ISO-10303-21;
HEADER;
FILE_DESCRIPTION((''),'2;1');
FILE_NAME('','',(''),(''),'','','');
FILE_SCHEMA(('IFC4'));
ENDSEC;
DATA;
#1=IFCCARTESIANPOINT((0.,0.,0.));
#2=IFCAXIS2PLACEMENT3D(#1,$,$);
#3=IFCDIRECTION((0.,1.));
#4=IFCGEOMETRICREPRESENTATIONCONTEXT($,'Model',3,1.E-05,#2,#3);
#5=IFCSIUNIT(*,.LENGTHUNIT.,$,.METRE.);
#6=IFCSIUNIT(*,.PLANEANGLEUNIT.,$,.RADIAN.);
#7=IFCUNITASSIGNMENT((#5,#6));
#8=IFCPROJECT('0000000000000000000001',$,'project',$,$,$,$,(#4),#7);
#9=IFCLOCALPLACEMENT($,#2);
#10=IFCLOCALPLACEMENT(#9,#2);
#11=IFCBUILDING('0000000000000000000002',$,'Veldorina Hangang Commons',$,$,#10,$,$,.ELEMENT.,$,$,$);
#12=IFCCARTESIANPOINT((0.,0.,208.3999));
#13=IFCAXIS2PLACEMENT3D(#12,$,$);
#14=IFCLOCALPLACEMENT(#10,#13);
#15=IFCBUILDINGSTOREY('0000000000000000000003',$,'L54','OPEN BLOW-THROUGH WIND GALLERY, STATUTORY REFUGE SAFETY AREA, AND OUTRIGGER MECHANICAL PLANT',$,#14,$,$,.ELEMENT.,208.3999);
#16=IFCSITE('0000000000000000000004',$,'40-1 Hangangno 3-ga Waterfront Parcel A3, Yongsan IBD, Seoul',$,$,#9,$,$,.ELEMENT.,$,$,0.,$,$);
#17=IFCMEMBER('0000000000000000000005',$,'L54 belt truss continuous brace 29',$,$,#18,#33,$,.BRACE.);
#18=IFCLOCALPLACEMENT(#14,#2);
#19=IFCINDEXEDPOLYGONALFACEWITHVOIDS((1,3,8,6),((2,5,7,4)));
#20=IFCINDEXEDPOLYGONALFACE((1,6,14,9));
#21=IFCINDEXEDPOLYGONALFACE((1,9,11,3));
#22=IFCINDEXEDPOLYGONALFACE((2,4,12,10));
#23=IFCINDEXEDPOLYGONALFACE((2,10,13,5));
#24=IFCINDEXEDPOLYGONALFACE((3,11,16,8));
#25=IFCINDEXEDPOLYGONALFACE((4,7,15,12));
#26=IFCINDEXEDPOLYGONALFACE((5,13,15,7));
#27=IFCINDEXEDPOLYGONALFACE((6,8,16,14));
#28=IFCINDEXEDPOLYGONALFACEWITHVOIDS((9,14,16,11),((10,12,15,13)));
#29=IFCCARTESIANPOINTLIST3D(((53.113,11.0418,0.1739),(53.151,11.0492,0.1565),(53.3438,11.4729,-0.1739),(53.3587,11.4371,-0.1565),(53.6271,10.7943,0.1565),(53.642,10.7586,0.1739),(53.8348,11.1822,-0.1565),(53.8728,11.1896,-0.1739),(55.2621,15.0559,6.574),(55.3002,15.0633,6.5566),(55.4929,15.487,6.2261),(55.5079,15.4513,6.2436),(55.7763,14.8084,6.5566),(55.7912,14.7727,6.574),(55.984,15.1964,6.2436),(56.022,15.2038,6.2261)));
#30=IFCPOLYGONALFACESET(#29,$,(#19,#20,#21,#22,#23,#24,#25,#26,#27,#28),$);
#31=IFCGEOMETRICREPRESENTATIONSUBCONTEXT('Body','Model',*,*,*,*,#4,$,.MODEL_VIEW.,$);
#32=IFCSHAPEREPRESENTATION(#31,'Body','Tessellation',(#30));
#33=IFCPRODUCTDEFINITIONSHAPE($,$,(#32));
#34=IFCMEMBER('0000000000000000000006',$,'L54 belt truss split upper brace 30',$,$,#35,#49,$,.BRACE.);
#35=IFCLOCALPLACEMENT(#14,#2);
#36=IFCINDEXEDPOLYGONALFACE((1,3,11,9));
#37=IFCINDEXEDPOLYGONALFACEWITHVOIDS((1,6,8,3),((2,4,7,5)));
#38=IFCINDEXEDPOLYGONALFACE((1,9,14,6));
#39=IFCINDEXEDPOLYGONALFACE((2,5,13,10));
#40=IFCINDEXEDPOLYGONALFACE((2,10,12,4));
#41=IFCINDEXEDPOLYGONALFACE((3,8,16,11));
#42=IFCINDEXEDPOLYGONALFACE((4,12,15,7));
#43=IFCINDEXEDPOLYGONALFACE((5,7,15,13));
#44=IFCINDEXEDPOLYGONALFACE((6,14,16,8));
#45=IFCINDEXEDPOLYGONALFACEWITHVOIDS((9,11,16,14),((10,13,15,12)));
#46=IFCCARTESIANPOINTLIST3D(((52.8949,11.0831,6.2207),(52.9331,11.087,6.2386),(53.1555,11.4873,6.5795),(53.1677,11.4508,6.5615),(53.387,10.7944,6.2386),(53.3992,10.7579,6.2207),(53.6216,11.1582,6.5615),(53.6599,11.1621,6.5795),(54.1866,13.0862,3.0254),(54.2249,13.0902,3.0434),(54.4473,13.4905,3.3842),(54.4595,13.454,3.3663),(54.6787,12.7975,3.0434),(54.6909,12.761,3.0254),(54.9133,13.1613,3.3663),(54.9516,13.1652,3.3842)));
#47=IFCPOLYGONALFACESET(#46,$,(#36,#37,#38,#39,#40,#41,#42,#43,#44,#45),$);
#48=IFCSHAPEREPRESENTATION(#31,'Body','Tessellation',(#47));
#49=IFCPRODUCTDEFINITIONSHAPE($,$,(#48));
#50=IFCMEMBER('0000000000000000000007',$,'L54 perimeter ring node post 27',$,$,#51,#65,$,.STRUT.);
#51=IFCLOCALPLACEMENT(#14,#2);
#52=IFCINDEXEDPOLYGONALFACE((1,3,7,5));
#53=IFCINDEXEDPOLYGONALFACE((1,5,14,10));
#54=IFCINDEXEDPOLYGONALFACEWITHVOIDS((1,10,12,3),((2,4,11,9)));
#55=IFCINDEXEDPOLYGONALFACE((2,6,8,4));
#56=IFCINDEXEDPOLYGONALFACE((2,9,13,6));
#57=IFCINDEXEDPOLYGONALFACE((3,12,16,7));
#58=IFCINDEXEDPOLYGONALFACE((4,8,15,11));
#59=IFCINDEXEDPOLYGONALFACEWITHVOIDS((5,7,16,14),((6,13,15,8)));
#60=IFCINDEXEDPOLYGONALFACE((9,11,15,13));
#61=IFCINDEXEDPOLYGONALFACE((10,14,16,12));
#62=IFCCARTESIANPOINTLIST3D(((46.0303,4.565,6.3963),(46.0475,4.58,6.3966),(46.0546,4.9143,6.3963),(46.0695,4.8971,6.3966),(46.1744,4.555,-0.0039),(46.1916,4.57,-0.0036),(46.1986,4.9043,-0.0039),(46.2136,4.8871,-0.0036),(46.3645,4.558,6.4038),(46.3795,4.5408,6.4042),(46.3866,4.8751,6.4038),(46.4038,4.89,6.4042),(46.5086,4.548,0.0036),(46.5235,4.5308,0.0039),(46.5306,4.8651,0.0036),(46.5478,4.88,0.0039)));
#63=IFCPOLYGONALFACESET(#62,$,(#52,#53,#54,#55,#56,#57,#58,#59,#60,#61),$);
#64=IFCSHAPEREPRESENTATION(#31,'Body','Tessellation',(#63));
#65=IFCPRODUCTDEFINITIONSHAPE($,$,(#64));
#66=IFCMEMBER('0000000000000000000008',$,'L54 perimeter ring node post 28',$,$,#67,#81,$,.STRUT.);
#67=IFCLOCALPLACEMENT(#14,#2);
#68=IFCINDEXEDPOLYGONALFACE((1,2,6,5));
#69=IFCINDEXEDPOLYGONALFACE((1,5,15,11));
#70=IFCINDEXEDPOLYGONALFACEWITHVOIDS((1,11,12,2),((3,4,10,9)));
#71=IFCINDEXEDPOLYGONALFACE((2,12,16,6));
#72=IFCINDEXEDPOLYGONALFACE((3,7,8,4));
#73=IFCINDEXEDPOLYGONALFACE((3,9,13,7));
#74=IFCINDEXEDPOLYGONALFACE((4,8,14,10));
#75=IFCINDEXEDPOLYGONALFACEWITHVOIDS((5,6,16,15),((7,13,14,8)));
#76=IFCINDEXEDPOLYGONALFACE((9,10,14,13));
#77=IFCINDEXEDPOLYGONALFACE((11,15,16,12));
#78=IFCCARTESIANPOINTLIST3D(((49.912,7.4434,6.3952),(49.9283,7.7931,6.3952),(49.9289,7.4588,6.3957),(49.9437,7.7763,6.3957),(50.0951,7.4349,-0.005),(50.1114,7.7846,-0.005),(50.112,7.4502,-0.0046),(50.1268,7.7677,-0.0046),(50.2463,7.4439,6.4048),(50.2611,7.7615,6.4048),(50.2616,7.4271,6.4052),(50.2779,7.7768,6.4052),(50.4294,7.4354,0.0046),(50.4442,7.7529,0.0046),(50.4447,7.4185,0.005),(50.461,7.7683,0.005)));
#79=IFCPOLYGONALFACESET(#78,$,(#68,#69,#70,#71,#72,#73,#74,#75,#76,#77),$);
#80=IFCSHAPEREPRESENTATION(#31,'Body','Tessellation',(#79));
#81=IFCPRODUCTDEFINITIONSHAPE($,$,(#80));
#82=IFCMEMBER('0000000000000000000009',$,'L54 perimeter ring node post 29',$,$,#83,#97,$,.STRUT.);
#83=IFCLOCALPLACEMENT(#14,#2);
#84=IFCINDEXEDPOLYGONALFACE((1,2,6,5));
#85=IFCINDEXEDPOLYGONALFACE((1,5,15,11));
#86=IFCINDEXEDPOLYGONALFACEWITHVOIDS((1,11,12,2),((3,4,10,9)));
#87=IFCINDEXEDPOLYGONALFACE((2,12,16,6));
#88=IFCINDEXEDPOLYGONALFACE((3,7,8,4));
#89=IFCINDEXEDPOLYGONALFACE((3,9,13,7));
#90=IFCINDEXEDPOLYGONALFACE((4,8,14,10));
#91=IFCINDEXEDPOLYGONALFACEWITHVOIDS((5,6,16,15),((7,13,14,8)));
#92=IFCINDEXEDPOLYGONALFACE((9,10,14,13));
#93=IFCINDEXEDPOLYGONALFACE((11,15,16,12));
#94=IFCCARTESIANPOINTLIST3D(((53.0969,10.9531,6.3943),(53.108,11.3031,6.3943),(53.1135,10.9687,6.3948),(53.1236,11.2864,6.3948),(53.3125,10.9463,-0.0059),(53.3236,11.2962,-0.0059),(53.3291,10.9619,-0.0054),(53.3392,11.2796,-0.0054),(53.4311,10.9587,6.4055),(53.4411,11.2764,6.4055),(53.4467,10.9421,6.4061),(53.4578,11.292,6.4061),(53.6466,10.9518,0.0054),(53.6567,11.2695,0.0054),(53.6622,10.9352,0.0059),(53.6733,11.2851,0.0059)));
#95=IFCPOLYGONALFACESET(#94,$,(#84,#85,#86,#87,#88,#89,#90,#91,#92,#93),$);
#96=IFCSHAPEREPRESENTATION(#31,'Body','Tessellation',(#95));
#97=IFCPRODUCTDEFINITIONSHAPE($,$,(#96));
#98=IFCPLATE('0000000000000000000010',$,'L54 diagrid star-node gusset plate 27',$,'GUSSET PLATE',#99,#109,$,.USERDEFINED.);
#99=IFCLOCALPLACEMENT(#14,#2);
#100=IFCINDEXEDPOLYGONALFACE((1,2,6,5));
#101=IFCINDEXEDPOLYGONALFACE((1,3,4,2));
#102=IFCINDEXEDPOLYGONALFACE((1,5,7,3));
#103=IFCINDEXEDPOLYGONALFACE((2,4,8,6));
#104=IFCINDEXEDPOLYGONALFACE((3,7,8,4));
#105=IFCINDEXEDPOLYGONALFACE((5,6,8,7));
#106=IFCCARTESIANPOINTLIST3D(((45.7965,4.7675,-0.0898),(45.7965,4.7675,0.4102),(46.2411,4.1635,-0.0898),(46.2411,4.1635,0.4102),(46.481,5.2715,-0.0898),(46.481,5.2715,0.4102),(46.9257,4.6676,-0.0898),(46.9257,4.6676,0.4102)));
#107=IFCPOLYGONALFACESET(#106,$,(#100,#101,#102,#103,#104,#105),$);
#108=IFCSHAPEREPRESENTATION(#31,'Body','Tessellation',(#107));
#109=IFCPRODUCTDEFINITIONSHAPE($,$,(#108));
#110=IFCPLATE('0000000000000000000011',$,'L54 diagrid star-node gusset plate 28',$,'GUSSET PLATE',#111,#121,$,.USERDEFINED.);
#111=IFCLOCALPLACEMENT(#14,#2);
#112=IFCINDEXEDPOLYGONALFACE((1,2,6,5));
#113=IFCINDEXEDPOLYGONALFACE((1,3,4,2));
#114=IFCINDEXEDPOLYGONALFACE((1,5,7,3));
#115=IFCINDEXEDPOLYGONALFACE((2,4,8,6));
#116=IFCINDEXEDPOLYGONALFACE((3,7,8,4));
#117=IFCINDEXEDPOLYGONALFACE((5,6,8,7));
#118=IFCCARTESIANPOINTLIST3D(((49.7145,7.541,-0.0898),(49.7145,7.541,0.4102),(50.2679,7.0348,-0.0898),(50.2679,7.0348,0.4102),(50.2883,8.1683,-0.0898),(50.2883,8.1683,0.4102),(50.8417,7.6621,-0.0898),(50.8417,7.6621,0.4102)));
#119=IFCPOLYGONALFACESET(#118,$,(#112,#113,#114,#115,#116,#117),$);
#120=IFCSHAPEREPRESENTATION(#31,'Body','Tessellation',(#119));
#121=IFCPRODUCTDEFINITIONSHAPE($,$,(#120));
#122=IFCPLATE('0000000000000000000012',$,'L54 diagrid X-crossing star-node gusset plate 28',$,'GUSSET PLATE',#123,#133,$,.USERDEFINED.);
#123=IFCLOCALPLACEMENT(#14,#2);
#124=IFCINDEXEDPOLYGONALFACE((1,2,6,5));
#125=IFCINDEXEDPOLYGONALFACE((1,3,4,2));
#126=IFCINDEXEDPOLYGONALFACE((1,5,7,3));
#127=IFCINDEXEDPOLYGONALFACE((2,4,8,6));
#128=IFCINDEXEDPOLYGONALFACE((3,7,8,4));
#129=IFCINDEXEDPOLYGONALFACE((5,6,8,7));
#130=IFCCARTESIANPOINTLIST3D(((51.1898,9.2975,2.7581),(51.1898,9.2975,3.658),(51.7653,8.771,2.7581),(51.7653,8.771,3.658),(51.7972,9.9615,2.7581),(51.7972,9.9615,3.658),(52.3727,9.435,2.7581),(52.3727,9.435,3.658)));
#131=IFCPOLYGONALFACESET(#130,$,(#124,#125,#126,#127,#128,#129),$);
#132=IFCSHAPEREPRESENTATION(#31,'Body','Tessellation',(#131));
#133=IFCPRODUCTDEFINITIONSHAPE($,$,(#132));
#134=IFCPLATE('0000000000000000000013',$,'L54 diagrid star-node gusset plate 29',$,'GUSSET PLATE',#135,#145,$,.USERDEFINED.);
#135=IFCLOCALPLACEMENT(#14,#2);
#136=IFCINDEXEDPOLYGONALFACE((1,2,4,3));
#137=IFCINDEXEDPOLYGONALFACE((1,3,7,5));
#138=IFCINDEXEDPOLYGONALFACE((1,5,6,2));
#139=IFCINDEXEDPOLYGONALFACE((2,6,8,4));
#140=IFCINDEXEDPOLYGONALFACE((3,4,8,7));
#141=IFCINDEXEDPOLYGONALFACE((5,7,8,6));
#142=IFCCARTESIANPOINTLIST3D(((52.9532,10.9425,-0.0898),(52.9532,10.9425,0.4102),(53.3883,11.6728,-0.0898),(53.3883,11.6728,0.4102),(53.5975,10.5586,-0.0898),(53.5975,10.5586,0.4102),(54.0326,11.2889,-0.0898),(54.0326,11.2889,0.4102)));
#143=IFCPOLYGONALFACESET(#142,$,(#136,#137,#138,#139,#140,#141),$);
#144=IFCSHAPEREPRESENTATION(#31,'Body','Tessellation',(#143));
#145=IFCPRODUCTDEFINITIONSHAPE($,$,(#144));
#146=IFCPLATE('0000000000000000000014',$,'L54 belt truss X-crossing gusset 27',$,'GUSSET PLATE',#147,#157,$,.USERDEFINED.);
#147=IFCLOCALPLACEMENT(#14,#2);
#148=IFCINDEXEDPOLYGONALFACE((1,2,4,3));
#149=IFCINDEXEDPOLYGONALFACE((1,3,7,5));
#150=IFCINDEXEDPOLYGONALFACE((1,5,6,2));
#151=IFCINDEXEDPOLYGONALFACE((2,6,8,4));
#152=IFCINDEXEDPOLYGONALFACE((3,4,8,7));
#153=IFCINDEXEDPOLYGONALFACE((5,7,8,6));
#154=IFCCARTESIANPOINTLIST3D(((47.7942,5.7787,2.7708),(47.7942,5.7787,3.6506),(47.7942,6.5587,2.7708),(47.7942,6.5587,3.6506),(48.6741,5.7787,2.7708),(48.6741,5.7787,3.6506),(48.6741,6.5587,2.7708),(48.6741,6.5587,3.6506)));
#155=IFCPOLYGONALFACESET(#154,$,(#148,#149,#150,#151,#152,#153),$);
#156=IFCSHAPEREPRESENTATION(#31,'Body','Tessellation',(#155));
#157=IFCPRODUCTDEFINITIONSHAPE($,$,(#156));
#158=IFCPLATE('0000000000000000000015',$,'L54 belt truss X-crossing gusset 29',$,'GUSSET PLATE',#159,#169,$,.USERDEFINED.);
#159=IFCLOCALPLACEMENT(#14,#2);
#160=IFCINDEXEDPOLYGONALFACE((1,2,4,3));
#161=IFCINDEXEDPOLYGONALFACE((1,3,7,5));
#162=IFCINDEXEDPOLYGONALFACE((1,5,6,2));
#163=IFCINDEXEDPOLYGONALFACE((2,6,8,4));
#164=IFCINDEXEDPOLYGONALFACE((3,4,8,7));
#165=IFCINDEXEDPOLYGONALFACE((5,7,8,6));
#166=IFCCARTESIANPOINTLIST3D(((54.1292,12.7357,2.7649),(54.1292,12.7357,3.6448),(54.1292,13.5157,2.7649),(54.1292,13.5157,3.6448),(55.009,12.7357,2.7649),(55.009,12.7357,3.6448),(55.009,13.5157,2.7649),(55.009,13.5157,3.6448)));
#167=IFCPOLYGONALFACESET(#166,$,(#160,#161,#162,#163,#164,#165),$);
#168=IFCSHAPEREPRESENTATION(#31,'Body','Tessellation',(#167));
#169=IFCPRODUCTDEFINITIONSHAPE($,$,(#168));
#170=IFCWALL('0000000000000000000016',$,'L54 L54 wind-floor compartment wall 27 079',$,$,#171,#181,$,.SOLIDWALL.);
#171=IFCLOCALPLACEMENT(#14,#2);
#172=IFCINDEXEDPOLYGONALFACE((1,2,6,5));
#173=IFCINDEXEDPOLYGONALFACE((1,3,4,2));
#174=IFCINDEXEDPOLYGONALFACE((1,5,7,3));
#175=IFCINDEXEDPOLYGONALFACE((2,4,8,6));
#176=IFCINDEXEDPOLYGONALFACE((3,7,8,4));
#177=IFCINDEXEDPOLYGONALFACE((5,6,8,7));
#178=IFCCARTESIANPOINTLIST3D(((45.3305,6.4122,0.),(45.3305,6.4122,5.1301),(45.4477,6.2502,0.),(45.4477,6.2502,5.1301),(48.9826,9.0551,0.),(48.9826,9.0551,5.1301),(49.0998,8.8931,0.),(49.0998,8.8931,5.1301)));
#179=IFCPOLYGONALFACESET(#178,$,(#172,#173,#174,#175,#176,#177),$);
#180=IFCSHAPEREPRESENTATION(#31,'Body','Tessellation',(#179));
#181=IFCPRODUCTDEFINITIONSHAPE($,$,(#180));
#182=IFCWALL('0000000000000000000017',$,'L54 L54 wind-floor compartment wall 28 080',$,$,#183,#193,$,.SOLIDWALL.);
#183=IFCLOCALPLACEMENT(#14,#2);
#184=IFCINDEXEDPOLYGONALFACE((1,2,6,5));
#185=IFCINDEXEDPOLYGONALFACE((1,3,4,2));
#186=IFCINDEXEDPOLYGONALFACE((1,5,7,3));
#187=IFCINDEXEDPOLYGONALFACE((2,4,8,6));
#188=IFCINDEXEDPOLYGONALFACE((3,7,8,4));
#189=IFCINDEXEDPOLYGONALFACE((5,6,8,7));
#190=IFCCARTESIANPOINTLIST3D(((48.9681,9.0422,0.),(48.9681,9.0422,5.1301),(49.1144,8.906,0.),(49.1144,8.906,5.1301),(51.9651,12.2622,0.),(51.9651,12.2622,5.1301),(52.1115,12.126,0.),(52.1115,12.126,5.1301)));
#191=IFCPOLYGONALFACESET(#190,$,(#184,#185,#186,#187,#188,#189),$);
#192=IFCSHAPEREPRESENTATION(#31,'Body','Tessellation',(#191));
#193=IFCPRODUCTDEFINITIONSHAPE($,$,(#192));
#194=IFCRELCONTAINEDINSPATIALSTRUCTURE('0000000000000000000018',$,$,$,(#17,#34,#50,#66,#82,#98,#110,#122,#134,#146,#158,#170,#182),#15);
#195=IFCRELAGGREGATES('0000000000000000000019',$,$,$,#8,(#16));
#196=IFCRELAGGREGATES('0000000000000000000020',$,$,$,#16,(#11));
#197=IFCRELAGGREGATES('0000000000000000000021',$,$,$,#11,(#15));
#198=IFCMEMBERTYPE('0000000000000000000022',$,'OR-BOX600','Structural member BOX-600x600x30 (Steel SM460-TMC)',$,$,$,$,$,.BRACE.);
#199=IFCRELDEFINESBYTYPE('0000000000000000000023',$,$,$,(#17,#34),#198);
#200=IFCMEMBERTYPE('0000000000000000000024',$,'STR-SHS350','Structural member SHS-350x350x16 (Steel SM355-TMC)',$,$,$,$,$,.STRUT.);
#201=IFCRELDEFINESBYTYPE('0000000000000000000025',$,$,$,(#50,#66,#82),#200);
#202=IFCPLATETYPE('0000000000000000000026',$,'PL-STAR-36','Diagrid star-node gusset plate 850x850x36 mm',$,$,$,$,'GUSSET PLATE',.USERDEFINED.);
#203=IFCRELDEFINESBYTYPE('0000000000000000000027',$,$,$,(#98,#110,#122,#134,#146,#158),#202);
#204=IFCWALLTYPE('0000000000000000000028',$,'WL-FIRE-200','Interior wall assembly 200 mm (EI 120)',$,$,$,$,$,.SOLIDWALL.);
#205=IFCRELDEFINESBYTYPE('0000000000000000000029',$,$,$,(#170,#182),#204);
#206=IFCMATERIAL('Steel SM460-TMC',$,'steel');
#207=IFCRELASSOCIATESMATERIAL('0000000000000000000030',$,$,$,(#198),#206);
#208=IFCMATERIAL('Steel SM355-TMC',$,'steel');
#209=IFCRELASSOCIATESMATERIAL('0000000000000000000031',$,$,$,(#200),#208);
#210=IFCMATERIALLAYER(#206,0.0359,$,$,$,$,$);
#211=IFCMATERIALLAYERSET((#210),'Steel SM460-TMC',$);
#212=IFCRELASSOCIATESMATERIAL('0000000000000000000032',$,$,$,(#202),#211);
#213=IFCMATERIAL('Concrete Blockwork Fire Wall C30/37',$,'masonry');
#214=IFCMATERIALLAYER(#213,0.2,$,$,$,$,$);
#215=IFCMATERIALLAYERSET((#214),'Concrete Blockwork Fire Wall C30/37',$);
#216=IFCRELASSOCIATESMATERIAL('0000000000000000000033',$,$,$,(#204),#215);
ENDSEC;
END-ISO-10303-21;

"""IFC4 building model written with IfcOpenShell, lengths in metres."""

from ifc_helpers import new_model, si_unit, direction, frame, frame_2d, origin, origin_2d, place, context, subcontext, project, spatial, rectangle, hollow_rectangle, extrude, material, layer, layer_set, material_profile, profile_set, type_object, element, save


model = new_model("IFC4")

# Units and contexts
model_context = context("Model", 3, precision=1e-05, world=origin(), true_north=direction((0.0, 1.0)))
body_context = subcontext(model_context, "Body", "Model", "MODEL_VIEW")
ifc_project = project(units=[si_unit("LENGTHUNIT", "METRE"), si_unit("PLANEANGLEUNIT", "RADIAN")], contexts=[model_context])

# Site, building, storey
site_placement = place(None, origin())
site = spatial("IfcSite", under=ifc_project, at=site_placement, Name="40-1 Hangangno 3-ga Waterfront Parcel A3, Yongsan IBD, Seoul", CompositionType="ELEMENT", RefElevation=0.0)
building_placement = place(site_placement, origin())
building = spatial("IfcBuilding", under=site, at=building_placement, Name="Veldorina Hangang Commons", CompositionType="ELEMENT")
storey_placement = place(building_placement, frame((0.0, 0.0, 208.3999)))
storey = spatial("IfcBuildingStorey", under=building, at=storey_placement, Name="L54", Description="OPEN BLOW-THROUGH WIND GALLERY, STATUTORY REFUGE SAFETY AREA, AND OUTRIGGER MECHANICAL PLANT", CompositionType="ELEMENT", Elevation=208.3999)

# Shared definitions
ifc_material_1 = material(Name="Steel SM460-TMC", Category="steel")
ifc_material_2 = material(Name="Steel SM355-TMC", Category="steel")

# Members
ifc_material_profile_1 = material_profile(ifc_material_1, hollow_rectangle(XDim=0.6001, YDim=0.6001, WallThickness=0.03, at=origin_2d()), Name="BOX-600x600x30")
ifc_profile_set_1 = profile_set([ifc_material_profile_1], Name="Steel SM460-TMC")
member_type_1 = type_object("IfcMemberType", Name="OR-BOX600", Description="Structural member BOX-600x600x30 (Steel SM460-TMC)", PredefinedType="BRACE", material=ifc_profile_set_1)
member_1_placement = place(storey_placement, frame((53.4929, 11.1157, 0.0), z_axis=(0.27362, 0.51106, 0.814831), x_axis=(-0.881596, 0.472004, 0.0)))
element("IfcMember", 1, at=member_1_placement, inside=storey, type_object=member_type_1, Name="L54 belt truss continuous brace 29", PredefinedType="BRACE", context=body_context, shape_type="SweptSolid", body=[
    extrude(hollow_rectangle(XDim=0.6001, YDim=0.6001, WallThickness=0.03, at=origin_2d()), origin(), (0.0, 0.0, 1.0), 7.8545),
])
member_2_placement = place(storey_placement, frame((54.5691, 13.1257, 3.2048), z_axis=(-0.324039, -0.502503, 0.801555), x_axis=(0.840416, -0.541943, 0.0)))
element("IfcMember", 2, at=member_2_placement, inside=storey, type_object=member_type_1, Name="L54 belt truss split upper brace 30", PredefinedType="BRACE", context=body_context, shape_type="SweptSolid", body=[
    extrude(hollow_rectangle(XDim=0.6001, YDim=0.6001, WallThickness=0.03, at=origin_2d()), origin(), (0.0, 0.0, 1.0), 3.9863),
])
ifc_material_profile_2 = material_profile(ifc_material_2, hollow_rectangle(XDim=0.3501, YDim=0.3501, WallThickness=0.0161, at=origin_2d()), Name="SHS-350x350x16")
ifc_profile_set_2 = profile_set([ifc_material_profile_2], Name="Steel SM355-TMC")
member_type_2 = type_object("IfcMemberType", Name="STR-SHS350", Description="Structural member SHS-350x350x16 (Steel SM355-TMC)", PredefinedType="STRUT", material=ifc_profile_set_2)
member_3_placement = place(storey_placement, frame((46.3611, 4.7175, 0.0), z_axis=(-0.0225, 0.001564, 0.999746), x_axis=(-0.069324, -0.997594, 0.0)))
element("IfcMember", 3, at=member_3_placement, inside=storey, type_object=member_type_2, Name="L54 perimeter ring node post 27", PredefinedType="STRUT", context=body_context, shape_type="SweptSolid", body=[
    extrude(hollow_rectangle(XDim=0.3501, YDim=0.3501, WallThickness=0.0161, at=origin_2d()), origin(), (0.0, 0.0, 1.0), 6.4019),
])
member_4_placement = place(storey_placement, frame((50.2781, 7.6016, 0.0), z_axis=(-0.028598, 0.001335, 0.99959), x_axis=(-0.046616, -0.998913, 0.0)))
element("IfcMember", 4, at=member_4_placement, inside=storey, type_object=member_type_2, Name="L54 perimeter ring node post 28", PredefinedType="STRUT", context=body_context, shape_type="SweptSolid", body=[
    extrude(hollow_rectangle(XDim=0.3501, YDim=0.3501, WallThickness=0.0161, at=origin_2d()), origin(), (0.0, 0.0, 1.0), 6.4028),
])
member_5_placement = place(storey_placement, frame((53.4929, 11.1157, 0.0), z_axis=(-0.033664, 0.001067, 0.999433), x_axis=(-0.031694, -0.999498, 0.0)))
element("IfcMember", 5, at=member_5_placement, inside=storey, type_object=member_type_2, Name="L54 perimeter ring node post 29", PredefinedType="STRUT", context=body_context, shape_type="SweptSolid", body=[
    extrude(hollow_rectangle(XDim=0.3501, YDim=0.3501, WallThickness=0.0161, at=origin_2d()), origin(), (0.0, 0.0, 1.0), 6.4038),
])

# Plates
ifc_layer_1 = layer(ifc_material_1, 0.0359)
ifc_layer_set_1 = layer_set([ifc_layer_1], Name="Steel SM460-TMC")
plate_type = type_object("IfcPlateType", Name="PL-STAR-36", Description="Diagrid star-node gusset plate 850x850x36 mm", ElementType="GUSSET PLATE", PredefinedType="USERDEFINED", material=ifc_layer_set_1)
for number, where, z_axis, x_axis, name in (
    (6, (46.3611, 4.7175, -0.0898), (0.0, 0.0, 1.0), (0.805266, 0.592913, 0.0), "L54 diagrid star-node gusset plate 27"),
    (7, (50.2781, 7.6016, -0.0898), (0.0, 0.0, 1.0), (0.674959, 0.737855, 0.0), "L54 diagrid star-node gusset plate 28"),
):
    element("IfcPlate", number, at=place(storey_placement, frame(where, z_axis=z_axis, x_axis=x_axis)), inside=storey, type_object=plate_type, Name=name, ObjectType="GUSSET PLATE", PredefinedType="USERDEFINED", context=body_context, shape_type="SweptSolid", body=[
        extrude(rectangle(XDim=0.8501, YDim=0.75, at=origin_2d()), origin(), (0.0, 0.0, 1.0), 0.5),
    ])
plate_1_placement = place(storey_placement, frame((51.7812, 9.3662, 2.7581), z_axis=(0.0, 0.0, 1.0), x_axis=(0.674959, 0.737855, 0.0)))
element("IfcPlate", 8, at=plate_1_placement, inside=storey, type_object=plate_type, Name="L54 diagrid X-crossing star-node gusset plate 28", ObjectType="GUSSET PLATE", PredefinedType="USERDEFINED", context=body_context, shape_type="SweptSolid", body=[
    extrude(rectangle(XDim=0.8999, YDim=0.78, at=origin_2d()), origin(), (0.0, 0.0, 1.0), 0.8999),
])
plate_2_placement = place(storey_placement, frame((53.4929, 11.1157, -0.0898), z_axis=(0.0, 0.0, 1.0), x_axis=(0.511818, 0.859094, 0.0)))
element("IfcPlate", 9, at=plate_2_placement, inside=storey, type_object=plate_type, Name="L54 diagrid star-node gusset plate 29", ObjectType="GUSSET PLATE", PredefinedType="USERDEFINED", context=body_context, shape_type="SweptSolid", body=[
    extrude(rectangle(XDim=0.8501, YDim=0.75, at=origin_2d()), origin(), (0.0, 0.0, 1.0), 0.5),
])
for number, where, z_axis, x_axis, name in (
    (10, (48.2341, 6.1687, 2.7708), (0.0, 0.0, 1.0), (1.0, 0.0, 0.0), "L54 belt truss X-crossing gusset 27"),
    (11, (54.5691, 13.1257, 2.7649), (0.0, 0.0, 1.0), (1.0, 0.0, 0.0), "L54 belt truss X-crossing gusset 29"),
):
    element("IfcPlate", number, at=place(storey_placement, frame(where, z_axis=z_axis, x_axis=x_axis)), inside=storey, type_object=plate_type, Name=name, ObjectType="GUSSET PLATE", PredefinedType="USERDEFINED", context=body_context, shape_type="SweptSolid", body=[
        extrude(rectangle(XDim=0.8799, YDim=0.78, at=origin_2d()), origin(), (0.0, 0.0, 1.0), 0.8799),
    ])

# Walls
ifc_material_3 = material(Name="Concrete Blockwork Fire Wall C30/37", Category="masonry")
ifc_layer_2 = layer(ifc_material_3, 0.2)
ifc_layer_set_2 = layer_set([ifc_layer_2], Name="Concrete Blockwork Fire Wall C30/37")
wall_type = type_object("IfcWallType", Name="WL-FIRE-200", Description="Interior wall assembly 200 mm (EI 120)", PredefinedType="SOLIDWALL", material=ifc_layer_set_2)
wall_1_placement = place(storey_placement, frame((45.3892, 6.3313, 0.0), z_axis=(0.0, 0.0, 1.0), x_axis=(0.810132, 0.586248, 0.0)))
element("IfcWall", 12, at=wall_1_placement, inside=storey, type_object=wall_type, Name="L54 L54 wind-floor compartment wall 27 079", PredefinedType="SOLIDWALL", context=body_context, shape_type="SweptSolid", body=[
    extrude(rectangle(XDim=4.5081, YDim=0.2, at=frame_2d((2.2539, 0.0))), origin(), (0.0, 0.0, 1.0), 5.1301),
])
wall_2_placement = place(storey_placement, frame((49.0413, 8.9741, 0.0), z_axis=(0.0, 0.0, 1.0), x_axis=(0.681317, 0.731988, 0.0)))
element("IfcWall", 13, at=wall_2_placement, inside=storey, type_object=wall_type, Name="L54 L54 wind-floor compartment wall 28 080", PredefinedType="SOLIDWALL", context=body_context, shape_type="SweptSolid", body=[
    extrude(rectangle(XDim=4.3989, YDim=0.2, at=frame_2d((2.1995, 0.0))), origin(), (0.0, 0.0, 1.0), 5.1301),
])

save(model, "model.ifc")
